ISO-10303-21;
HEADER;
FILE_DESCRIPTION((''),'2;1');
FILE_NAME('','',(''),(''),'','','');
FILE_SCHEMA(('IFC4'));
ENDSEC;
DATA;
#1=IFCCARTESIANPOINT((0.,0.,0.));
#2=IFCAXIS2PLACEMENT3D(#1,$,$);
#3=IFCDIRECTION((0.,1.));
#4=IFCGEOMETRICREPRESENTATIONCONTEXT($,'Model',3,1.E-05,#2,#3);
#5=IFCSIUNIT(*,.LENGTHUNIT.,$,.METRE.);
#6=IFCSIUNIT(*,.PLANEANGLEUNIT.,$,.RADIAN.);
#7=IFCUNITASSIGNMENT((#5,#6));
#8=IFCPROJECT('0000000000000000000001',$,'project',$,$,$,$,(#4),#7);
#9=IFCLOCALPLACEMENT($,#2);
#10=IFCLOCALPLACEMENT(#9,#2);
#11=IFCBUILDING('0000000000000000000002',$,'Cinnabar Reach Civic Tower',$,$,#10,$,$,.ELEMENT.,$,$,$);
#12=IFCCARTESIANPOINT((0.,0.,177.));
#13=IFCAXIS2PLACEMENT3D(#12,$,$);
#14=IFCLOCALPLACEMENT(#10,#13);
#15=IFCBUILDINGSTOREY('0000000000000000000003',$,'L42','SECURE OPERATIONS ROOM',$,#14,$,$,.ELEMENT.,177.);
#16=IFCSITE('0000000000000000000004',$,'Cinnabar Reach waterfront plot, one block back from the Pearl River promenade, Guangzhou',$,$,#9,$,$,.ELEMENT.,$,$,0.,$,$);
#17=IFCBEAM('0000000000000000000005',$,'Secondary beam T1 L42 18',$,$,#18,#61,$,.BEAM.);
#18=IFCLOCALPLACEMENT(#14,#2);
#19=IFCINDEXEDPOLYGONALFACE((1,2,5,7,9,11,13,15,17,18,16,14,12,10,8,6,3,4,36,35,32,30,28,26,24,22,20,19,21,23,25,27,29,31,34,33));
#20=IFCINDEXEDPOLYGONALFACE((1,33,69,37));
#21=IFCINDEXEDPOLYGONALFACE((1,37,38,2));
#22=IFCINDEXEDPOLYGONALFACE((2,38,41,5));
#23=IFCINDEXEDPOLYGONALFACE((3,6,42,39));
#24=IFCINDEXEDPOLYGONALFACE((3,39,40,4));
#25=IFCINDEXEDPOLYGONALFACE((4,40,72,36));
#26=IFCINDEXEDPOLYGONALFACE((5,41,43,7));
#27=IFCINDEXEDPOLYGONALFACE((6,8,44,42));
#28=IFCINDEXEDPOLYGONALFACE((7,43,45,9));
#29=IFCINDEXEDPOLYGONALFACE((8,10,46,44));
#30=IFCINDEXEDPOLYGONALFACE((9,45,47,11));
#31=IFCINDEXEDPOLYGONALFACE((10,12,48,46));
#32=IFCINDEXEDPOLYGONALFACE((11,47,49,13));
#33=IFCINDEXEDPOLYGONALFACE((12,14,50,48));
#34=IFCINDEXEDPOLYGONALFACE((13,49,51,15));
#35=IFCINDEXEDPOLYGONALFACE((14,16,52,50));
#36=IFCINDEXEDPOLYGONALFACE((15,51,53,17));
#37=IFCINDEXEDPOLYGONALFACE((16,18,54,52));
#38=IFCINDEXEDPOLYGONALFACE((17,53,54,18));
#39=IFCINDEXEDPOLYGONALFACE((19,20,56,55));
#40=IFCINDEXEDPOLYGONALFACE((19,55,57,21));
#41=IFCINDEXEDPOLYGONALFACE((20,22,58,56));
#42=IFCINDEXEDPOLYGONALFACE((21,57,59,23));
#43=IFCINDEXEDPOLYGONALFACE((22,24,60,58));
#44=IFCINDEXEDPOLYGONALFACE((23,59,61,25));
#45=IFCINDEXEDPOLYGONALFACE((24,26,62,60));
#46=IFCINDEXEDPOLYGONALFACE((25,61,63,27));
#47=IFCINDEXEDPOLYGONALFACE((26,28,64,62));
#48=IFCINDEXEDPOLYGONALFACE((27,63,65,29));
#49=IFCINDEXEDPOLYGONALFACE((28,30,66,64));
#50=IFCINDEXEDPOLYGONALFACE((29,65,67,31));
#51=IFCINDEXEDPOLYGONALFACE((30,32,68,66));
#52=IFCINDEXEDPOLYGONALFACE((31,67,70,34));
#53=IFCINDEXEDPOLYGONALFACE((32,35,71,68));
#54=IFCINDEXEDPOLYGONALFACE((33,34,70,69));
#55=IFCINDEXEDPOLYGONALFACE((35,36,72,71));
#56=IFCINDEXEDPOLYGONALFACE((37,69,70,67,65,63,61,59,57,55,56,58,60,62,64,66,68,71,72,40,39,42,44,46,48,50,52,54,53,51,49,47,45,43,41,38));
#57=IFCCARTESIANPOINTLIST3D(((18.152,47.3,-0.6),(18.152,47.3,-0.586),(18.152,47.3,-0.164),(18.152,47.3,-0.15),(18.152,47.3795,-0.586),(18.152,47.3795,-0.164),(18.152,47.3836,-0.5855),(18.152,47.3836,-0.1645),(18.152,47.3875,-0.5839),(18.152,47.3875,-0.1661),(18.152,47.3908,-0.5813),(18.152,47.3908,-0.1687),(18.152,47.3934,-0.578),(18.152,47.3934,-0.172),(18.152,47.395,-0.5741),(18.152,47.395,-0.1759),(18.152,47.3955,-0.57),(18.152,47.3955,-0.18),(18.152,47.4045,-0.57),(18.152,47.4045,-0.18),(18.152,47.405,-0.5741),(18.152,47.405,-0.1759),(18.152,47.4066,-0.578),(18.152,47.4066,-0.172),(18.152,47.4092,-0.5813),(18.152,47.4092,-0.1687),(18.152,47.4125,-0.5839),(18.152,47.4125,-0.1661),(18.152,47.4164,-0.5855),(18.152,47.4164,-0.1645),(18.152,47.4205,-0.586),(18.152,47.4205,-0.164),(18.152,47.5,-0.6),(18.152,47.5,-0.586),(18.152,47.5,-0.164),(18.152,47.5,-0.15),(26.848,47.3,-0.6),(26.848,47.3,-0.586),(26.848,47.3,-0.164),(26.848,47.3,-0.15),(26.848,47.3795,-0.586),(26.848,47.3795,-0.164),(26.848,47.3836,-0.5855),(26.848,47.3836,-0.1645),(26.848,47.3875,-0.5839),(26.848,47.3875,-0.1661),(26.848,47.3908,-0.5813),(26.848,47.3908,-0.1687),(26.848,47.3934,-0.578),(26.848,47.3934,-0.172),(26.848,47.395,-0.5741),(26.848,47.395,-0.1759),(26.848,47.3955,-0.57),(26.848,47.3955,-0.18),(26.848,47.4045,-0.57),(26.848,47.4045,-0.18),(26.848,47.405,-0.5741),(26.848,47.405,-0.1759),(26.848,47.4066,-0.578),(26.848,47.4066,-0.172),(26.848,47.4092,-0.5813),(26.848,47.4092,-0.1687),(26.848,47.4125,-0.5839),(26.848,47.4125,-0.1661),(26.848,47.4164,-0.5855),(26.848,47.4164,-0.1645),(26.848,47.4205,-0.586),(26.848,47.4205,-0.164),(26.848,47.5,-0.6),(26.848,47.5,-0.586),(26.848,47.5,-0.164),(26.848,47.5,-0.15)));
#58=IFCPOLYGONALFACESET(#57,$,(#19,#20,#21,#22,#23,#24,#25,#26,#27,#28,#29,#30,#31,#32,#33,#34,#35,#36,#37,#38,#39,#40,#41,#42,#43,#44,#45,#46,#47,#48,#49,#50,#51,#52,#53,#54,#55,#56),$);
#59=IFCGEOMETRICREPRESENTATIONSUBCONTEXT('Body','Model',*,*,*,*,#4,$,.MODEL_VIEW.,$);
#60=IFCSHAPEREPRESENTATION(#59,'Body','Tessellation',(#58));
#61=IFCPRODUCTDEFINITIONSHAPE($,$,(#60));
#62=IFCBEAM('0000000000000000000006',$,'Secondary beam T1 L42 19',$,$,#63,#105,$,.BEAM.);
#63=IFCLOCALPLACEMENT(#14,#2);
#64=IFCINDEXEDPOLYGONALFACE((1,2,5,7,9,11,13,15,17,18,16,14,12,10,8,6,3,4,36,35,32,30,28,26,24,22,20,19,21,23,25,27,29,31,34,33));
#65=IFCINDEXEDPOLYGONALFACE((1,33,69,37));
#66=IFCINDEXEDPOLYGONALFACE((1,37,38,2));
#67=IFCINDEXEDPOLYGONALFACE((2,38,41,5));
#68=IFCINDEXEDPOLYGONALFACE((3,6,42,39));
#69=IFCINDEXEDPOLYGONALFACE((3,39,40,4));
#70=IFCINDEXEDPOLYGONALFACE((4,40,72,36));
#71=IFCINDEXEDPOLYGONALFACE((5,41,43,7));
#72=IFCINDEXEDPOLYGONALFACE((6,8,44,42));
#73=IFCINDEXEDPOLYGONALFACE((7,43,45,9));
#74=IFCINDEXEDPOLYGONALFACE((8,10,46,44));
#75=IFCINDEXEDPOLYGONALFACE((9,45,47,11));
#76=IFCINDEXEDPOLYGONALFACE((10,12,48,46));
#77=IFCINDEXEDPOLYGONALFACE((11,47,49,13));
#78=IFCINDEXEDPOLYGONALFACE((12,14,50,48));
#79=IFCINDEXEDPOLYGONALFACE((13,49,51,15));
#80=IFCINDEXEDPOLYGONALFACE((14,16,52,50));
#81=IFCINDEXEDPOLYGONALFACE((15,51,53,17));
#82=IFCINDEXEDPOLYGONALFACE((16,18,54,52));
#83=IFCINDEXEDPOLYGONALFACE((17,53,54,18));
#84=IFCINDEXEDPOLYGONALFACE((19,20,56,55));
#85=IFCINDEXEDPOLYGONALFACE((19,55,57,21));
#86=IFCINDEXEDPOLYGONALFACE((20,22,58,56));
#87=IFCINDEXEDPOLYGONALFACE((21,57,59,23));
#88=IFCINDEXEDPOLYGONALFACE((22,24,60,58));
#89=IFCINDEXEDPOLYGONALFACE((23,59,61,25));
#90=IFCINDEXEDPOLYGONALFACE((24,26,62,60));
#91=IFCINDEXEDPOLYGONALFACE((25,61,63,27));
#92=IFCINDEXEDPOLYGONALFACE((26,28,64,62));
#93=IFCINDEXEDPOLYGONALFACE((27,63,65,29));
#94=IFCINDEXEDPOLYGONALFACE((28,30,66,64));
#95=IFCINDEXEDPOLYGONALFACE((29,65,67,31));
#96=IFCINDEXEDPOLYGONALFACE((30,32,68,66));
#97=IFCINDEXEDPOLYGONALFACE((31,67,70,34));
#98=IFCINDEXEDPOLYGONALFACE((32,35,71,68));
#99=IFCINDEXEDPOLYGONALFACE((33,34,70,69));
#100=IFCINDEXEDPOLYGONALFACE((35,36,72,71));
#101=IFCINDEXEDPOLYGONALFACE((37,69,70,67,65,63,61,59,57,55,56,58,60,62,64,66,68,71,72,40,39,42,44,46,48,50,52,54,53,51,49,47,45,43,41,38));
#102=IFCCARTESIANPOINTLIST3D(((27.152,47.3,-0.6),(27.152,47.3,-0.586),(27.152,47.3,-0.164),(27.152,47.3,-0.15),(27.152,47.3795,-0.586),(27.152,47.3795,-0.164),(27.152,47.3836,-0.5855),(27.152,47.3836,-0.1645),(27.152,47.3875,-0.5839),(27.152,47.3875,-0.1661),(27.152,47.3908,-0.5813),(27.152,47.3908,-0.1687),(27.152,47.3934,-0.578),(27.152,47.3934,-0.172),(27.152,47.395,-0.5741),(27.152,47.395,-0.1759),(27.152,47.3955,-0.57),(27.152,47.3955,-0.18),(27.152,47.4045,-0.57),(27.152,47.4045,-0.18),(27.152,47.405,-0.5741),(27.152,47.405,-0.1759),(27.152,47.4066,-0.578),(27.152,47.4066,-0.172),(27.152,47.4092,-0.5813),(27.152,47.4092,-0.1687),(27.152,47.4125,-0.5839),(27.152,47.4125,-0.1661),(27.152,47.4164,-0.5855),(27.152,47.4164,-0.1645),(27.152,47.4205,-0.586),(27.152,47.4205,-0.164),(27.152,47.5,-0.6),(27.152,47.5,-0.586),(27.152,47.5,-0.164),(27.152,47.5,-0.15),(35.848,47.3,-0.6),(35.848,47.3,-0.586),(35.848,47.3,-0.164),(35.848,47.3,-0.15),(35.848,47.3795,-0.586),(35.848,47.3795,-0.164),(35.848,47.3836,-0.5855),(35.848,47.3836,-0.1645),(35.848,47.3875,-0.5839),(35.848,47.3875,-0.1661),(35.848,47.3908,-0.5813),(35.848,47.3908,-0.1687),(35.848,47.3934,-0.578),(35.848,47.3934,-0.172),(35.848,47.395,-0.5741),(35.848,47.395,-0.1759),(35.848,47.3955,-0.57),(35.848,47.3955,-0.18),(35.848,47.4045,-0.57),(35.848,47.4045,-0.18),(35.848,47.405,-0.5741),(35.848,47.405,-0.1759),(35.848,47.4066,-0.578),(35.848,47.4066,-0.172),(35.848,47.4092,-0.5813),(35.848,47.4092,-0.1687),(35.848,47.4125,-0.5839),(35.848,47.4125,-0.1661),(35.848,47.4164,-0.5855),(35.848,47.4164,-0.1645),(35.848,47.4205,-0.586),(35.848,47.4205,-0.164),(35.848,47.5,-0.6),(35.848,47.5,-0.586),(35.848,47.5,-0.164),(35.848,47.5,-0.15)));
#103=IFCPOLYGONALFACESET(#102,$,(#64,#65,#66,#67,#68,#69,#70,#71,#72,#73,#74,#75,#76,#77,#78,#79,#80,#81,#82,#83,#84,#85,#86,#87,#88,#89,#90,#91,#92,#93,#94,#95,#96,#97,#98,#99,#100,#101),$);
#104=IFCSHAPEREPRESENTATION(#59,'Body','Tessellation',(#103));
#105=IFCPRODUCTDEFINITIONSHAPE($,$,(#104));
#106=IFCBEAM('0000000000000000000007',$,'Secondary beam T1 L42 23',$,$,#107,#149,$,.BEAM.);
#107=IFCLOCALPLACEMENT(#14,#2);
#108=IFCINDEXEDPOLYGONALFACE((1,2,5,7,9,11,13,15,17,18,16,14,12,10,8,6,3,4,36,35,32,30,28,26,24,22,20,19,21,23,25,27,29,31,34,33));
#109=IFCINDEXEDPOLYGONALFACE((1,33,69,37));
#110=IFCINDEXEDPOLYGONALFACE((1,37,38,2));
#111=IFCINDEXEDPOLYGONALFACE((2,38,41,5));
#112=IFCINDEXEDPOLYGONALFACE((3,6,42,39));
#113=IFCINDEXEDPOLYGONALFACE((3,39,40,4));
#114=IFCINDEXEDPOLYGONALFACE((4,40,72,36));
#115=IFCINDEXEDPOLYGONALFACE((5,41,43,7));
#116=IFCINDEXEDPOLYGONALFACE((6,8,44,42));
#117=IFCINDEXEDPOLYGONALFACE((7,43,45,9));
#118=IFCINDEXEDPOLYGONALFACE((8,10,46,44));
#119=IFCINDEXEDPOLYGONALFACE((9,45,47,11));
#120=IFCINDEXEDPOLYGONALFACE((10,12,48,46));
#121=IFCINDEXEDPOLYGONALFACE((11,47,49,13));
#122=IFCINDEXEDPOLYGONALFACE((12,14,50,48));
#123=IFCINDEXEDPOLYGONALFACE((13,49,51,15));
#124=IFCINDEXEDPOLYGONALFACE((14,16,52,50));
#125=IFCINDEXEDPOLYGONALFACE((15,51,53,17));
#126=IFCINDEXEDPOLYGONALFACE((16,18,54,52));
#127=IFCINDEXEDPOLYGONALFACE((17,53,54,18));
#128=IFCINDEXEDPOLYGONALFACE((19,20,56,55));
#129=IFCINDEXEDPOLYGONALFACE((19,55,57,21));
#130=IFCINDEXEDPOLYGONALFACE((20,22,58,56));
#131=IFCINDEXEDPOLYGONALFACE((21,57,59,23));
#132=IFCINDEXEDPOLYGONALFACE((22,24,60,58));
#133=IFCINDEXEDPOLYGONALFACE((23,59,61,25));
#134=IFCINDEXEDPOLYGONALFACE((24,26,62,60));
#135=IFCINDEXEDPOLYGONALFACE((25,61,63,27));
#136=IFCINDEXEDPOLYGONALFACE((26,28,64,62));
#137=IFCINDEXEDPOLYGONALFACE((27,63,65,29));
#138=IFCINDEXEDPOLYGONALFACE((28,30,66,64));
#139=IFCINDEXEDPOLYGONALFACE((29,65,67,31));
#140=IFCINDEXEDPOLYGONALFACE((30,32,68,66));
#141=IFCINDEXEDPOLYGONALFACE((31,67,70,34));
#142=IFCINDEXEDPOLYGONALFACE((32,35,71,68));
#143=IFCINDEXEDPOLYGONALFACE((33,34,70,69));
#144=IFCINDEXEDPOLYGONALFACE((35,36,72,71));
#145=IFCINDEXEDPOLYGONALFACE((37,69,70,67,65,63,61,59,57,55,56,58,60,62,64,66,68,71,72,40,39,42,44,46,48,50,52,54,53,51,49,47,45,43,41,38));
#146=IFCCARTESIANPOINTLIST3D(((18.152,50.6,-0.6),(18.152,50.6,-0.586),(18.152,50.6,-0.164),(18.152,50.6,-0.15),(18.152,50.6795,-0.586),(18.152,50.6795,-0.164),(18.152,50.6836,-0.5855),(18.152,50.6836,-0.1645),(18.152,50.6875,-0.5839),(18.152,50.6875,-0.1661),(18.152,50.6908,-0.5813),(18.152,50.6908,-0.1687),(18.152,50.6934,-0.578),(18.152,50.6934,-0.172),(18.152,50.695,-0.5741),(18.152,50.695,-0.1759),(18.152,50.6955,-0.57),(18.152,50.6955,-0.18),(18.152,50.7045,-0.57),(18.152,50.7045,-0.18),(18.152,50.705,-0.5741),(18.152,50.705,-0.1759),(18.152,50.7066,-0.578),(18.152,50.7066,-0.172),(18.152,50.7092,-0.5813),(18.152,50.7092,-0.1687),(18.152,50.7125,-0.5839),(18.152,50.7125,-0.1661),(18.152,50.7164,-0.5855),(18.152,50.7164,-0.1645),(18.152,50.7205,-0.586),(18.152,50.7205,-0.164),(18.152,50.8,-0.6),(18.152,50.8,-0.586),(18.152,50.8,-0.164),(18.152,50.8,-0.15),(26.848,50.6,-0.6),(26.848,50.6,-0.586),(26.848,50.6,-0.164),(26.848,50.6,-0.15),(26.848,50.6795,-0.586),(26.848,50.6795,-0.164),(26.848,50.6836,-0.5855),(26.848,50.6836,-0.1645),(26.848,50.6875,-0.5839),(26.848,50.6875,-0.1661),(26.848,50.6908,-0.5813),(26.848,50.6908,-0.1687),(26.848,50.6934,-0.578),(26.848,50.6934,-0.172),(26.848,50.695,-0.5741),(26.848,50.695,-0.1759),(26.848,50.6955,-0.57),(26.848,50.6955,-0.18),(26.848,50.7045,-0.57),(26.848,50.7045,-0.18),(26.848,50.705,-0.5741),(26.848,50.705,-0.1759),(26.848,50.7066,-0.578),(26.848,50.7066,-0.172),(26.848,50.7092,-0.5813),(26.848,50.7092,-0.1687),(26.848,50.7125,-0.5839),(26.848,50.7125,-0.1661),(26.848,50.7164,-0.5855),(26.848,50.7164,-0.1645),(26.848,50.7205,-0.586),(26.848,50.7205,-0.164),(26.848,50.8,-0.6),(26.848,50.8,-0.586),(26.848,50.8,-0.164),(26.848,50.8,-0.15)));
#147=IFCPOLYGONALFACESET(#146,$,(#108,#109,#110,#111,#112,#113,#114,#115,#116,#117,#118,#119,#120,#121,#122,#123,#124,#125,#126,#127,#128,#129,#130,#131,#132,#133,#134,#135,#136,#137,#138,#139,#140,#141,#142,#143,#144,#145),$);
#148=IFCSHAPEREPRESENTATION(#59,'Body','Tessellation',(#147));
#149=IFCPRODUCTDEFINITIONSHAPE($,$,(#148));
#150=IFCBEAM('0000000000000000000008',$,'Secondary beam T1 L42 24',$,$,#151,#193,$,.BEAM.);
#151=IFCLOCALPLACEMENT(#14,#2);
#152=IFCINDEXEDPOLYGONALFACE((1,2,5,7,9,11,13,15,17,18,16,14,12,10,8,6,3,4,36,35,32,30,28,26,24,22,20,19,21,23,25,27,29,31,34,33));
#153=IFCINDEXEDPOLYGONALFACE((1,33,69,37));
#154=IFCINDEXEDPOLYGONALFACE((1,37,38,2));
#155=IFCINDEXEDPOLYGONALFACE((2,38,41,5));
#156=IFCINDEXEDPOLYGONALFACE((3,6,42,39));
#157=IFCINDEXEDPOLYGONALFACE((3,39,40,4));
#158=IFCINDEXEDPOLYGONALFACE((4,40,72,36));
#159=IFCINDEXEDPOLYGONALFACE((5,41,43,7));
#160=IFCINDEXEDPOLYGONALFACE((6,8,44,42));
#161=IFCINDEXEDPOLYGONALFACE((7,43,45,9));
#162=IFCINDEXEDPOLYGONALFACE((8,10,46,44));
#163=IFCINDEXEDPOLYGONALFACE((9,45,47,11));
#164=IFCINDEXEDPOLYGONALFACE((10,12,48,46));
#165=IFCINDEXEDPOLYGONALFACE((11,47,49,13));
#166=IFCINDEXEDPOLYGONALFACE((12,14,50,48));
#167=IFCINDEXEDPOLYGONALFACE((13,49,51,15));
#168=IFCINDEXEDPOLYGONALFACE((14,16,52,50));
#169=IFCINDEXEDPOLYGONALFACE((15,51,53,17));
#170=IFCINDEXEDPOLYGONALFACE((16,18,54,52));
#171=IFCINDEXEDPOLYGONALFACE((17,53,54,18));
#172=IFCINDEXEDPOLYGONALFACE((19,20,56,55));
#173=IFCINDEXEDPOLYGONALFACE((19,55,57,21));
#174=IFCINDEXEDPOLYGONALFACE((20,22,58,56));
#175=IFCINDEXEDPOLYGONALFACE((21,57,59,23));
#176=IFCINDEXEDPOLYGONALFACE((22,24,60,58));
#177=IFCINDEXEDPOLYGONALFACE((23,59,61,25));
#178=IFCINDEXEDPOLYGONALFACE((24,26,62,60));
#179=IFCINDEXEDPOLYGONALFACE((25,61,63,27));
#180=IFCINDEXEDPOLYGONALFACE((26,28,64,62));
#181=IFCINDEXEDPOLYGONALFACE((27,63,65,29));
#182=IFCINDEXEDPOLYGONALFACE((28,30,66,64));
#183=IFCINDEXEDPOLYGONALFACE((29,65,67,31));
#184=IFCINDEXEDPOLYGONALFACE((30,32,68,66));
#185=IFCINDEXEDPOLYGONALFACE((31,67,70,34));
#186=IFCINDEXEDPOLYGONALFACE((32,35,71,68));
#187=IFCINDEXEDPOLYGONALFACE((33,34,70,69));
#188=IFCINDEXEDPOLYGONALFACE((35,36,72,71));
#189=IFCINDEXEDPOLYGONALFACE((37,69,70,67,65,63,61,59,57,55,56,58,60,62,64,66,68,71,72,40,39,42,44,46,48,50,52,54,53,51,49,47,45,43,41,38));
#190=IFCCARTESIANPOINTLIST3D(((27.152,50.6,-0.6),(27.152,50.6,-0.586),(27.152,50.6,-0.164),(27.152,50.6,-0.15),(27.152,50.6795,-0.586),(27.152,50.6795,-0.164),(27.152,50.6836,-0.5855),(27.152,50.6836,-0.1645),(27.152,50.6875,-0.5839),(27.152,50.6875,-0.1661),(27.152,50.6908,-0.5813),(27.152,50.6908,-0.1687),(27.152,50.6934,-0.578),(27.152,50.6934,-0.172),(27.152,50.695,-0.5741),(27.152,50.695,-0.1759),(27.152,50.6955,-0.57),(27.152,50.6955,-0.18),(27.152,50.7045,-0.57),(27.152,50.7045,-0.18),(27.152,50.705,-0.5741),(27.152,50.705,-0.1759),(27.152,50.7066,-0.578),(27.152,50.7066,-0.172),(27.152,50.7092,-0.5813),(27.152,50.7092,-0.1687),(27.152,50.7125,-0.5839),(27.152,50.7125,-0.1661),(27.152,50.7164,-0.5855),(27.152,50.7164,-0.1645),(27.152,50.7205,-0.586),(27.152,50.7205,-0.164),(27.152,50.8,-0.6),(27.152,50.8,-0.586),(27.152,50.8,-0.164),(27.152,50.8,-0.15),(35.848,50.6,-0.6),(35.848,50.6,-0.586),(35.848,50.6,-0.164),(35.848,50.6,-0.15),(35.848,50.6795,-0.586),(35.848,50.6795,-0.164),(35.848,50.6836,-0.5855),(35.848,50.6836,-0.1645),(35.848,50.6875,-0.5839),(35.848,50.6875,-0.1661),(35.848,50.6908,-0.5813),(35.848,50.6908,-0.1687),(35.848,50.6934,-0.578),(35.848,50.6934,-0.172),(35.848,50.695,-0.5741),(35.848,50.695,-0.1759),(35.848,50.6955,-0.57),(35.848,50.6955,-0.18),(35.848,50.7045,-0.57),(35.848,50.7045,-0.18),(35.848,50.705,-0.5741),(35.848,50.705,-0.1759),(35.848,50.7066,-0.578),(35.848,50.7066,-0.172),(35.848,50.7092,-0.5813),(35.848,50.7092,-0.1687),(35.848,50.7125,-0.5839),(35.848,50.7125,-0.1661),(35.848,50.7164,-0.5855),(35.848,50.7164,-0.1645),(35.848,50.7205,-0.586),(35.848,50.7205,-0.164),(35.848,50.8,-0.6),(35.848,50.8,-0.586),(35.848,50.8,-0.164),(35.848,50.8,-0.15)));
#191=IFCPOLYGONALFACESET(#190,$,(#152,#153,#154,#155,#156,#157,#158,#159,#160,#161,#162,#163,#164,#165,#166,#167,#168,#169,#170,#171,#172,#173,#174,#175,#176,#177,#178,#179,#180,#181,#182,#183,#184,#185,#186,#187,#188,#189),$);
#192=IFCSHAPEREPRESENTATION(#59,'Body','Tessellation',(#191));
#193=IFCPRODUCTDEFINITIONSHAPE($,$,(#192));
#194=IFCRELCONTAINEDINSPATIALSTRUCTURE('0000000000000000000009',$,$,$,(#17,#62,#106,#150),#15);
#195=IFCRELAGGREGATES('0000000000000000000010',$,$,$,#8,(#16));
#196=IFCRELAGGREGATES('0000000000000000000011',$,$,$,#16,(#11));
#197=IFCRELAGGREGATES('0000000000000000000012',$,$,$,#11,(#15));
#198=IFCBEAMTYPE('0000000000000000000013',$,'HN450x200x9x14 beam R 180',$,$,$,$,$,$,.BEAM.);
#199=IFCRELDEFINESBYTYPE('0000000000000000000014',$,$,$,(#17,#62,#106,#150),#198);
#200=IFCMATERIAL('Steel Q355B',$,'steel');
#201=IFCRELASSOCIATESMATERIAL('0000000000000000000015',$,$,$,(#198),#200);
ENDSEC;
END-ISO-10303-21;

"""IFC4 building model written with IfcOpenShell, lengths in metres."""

from ifc_helpers import new_model, si_unit, direction, frame, origin, origin_2d, place, context, subcontext, project, spatial, i_section, extrude, material, material_profile, profile_set, type_object, element, save


model = new_model("IFC4")

# Units and contexts
model_context = context("Model", 3, precision=1e-05, world=origin(), true_north=direction((0.0, 1.0)))
body_context = subcontext(model_context, "Body", "Model", "MODEL_VIEW")
ifc_project = project(units=[si_unit("LENGTHUNIT", "METRE"), si_unit("PLANEANGLEUNIT", "RADIAN")], contexts=[model_context])

# Site, building, storey
site_placement = place(None, origin())
site = spatial("IfcSite", under=ifc_project, at=site_placement, Name="Cinnabar Reach waterfront plot, one block back from the Pearl River promenade, Guangzhou", CompositionType="ELEMENT", RefElevation=0.0)
building_placement = place(site_placement, origin())
building = spatial("IfcBuilding", under=site, at=building_placement, Name="Cinnabar Reach Civic Tower", CompositionType="ELEMENT")
storey_placement = place(building_placement, frame((0.0, 0.0, 177.0)))
storey = spatial("IfcBuildingStorey", under=building, at=storey_placement, Name="L42", Description="SECURE OPERATIONS ROOM", CompositionType="ELEMENT", Elevation=177.0)

# Beams
ifc_material_1 = material(Name="Steel Q355B", Category="steel")
ifc_material_profile_1 = material_profile(ifc_material_1, i_section(OverallWidth=0.2, OverallDepth=0.45, WebThickness=0.009, FlangeThickness=0.014, FilletRadius=0.016, at=origin_2d()), Name="HN450x200x9x14")
ifc_profile_set_1 = profile_set([ifc_material_profile_1], Name="Steel Q355B")
beam_type_1 = type_object("IfcBeamType", Name="HN450x200x9x14 beam R 180", PredefinedType="BEAM", material=ifc_profile_set_1)
for number, where, z_axis, x_axis, name in (
    (1, (18.152, 47.4, -0.375), (1.0, 0.0, 0.0), (0.0, 1.0, 0.0), "Secondary beam T1 L42 18"),
    (2, (27.152, 47.4, -0.375), (1.0, 0.0, 0.0), (0.0, 1.0, 0.0), "Secondary beam T1 L42 19"),
    (3, (18.152, 50.7, -0.375), (1.0, 0.0, 0.0), (0.0, 1.0, 0.0), "Secondary beam T1 L42 23"),
    (4, (27.152, 50.7, -0.375), (1.0, 0.0, 0.0), (0.0, 1.0, 0.0), "Secondary beam T1 L42 24"),
):
    element("IfcBeam", number, at=place(storey_placement, frame(where, z_axis=z_axis, x_axis=x_axis)), inside=storey, type_object=beam_type_1, Name=name, PredefinedType="BEAM", context=body_context, shape_type="SweptSolid", body=[
        extrude(i_section(OverallWidth=0.2, OverallDepth=0.45, WebThickness=0.009, FlangeThickness=0.014, FilletRadius=0.016, at=origin_2d()), origin(), (0.0, 0.0, 1.0), 8.696),
    ])

save(model, "model.ifc")
